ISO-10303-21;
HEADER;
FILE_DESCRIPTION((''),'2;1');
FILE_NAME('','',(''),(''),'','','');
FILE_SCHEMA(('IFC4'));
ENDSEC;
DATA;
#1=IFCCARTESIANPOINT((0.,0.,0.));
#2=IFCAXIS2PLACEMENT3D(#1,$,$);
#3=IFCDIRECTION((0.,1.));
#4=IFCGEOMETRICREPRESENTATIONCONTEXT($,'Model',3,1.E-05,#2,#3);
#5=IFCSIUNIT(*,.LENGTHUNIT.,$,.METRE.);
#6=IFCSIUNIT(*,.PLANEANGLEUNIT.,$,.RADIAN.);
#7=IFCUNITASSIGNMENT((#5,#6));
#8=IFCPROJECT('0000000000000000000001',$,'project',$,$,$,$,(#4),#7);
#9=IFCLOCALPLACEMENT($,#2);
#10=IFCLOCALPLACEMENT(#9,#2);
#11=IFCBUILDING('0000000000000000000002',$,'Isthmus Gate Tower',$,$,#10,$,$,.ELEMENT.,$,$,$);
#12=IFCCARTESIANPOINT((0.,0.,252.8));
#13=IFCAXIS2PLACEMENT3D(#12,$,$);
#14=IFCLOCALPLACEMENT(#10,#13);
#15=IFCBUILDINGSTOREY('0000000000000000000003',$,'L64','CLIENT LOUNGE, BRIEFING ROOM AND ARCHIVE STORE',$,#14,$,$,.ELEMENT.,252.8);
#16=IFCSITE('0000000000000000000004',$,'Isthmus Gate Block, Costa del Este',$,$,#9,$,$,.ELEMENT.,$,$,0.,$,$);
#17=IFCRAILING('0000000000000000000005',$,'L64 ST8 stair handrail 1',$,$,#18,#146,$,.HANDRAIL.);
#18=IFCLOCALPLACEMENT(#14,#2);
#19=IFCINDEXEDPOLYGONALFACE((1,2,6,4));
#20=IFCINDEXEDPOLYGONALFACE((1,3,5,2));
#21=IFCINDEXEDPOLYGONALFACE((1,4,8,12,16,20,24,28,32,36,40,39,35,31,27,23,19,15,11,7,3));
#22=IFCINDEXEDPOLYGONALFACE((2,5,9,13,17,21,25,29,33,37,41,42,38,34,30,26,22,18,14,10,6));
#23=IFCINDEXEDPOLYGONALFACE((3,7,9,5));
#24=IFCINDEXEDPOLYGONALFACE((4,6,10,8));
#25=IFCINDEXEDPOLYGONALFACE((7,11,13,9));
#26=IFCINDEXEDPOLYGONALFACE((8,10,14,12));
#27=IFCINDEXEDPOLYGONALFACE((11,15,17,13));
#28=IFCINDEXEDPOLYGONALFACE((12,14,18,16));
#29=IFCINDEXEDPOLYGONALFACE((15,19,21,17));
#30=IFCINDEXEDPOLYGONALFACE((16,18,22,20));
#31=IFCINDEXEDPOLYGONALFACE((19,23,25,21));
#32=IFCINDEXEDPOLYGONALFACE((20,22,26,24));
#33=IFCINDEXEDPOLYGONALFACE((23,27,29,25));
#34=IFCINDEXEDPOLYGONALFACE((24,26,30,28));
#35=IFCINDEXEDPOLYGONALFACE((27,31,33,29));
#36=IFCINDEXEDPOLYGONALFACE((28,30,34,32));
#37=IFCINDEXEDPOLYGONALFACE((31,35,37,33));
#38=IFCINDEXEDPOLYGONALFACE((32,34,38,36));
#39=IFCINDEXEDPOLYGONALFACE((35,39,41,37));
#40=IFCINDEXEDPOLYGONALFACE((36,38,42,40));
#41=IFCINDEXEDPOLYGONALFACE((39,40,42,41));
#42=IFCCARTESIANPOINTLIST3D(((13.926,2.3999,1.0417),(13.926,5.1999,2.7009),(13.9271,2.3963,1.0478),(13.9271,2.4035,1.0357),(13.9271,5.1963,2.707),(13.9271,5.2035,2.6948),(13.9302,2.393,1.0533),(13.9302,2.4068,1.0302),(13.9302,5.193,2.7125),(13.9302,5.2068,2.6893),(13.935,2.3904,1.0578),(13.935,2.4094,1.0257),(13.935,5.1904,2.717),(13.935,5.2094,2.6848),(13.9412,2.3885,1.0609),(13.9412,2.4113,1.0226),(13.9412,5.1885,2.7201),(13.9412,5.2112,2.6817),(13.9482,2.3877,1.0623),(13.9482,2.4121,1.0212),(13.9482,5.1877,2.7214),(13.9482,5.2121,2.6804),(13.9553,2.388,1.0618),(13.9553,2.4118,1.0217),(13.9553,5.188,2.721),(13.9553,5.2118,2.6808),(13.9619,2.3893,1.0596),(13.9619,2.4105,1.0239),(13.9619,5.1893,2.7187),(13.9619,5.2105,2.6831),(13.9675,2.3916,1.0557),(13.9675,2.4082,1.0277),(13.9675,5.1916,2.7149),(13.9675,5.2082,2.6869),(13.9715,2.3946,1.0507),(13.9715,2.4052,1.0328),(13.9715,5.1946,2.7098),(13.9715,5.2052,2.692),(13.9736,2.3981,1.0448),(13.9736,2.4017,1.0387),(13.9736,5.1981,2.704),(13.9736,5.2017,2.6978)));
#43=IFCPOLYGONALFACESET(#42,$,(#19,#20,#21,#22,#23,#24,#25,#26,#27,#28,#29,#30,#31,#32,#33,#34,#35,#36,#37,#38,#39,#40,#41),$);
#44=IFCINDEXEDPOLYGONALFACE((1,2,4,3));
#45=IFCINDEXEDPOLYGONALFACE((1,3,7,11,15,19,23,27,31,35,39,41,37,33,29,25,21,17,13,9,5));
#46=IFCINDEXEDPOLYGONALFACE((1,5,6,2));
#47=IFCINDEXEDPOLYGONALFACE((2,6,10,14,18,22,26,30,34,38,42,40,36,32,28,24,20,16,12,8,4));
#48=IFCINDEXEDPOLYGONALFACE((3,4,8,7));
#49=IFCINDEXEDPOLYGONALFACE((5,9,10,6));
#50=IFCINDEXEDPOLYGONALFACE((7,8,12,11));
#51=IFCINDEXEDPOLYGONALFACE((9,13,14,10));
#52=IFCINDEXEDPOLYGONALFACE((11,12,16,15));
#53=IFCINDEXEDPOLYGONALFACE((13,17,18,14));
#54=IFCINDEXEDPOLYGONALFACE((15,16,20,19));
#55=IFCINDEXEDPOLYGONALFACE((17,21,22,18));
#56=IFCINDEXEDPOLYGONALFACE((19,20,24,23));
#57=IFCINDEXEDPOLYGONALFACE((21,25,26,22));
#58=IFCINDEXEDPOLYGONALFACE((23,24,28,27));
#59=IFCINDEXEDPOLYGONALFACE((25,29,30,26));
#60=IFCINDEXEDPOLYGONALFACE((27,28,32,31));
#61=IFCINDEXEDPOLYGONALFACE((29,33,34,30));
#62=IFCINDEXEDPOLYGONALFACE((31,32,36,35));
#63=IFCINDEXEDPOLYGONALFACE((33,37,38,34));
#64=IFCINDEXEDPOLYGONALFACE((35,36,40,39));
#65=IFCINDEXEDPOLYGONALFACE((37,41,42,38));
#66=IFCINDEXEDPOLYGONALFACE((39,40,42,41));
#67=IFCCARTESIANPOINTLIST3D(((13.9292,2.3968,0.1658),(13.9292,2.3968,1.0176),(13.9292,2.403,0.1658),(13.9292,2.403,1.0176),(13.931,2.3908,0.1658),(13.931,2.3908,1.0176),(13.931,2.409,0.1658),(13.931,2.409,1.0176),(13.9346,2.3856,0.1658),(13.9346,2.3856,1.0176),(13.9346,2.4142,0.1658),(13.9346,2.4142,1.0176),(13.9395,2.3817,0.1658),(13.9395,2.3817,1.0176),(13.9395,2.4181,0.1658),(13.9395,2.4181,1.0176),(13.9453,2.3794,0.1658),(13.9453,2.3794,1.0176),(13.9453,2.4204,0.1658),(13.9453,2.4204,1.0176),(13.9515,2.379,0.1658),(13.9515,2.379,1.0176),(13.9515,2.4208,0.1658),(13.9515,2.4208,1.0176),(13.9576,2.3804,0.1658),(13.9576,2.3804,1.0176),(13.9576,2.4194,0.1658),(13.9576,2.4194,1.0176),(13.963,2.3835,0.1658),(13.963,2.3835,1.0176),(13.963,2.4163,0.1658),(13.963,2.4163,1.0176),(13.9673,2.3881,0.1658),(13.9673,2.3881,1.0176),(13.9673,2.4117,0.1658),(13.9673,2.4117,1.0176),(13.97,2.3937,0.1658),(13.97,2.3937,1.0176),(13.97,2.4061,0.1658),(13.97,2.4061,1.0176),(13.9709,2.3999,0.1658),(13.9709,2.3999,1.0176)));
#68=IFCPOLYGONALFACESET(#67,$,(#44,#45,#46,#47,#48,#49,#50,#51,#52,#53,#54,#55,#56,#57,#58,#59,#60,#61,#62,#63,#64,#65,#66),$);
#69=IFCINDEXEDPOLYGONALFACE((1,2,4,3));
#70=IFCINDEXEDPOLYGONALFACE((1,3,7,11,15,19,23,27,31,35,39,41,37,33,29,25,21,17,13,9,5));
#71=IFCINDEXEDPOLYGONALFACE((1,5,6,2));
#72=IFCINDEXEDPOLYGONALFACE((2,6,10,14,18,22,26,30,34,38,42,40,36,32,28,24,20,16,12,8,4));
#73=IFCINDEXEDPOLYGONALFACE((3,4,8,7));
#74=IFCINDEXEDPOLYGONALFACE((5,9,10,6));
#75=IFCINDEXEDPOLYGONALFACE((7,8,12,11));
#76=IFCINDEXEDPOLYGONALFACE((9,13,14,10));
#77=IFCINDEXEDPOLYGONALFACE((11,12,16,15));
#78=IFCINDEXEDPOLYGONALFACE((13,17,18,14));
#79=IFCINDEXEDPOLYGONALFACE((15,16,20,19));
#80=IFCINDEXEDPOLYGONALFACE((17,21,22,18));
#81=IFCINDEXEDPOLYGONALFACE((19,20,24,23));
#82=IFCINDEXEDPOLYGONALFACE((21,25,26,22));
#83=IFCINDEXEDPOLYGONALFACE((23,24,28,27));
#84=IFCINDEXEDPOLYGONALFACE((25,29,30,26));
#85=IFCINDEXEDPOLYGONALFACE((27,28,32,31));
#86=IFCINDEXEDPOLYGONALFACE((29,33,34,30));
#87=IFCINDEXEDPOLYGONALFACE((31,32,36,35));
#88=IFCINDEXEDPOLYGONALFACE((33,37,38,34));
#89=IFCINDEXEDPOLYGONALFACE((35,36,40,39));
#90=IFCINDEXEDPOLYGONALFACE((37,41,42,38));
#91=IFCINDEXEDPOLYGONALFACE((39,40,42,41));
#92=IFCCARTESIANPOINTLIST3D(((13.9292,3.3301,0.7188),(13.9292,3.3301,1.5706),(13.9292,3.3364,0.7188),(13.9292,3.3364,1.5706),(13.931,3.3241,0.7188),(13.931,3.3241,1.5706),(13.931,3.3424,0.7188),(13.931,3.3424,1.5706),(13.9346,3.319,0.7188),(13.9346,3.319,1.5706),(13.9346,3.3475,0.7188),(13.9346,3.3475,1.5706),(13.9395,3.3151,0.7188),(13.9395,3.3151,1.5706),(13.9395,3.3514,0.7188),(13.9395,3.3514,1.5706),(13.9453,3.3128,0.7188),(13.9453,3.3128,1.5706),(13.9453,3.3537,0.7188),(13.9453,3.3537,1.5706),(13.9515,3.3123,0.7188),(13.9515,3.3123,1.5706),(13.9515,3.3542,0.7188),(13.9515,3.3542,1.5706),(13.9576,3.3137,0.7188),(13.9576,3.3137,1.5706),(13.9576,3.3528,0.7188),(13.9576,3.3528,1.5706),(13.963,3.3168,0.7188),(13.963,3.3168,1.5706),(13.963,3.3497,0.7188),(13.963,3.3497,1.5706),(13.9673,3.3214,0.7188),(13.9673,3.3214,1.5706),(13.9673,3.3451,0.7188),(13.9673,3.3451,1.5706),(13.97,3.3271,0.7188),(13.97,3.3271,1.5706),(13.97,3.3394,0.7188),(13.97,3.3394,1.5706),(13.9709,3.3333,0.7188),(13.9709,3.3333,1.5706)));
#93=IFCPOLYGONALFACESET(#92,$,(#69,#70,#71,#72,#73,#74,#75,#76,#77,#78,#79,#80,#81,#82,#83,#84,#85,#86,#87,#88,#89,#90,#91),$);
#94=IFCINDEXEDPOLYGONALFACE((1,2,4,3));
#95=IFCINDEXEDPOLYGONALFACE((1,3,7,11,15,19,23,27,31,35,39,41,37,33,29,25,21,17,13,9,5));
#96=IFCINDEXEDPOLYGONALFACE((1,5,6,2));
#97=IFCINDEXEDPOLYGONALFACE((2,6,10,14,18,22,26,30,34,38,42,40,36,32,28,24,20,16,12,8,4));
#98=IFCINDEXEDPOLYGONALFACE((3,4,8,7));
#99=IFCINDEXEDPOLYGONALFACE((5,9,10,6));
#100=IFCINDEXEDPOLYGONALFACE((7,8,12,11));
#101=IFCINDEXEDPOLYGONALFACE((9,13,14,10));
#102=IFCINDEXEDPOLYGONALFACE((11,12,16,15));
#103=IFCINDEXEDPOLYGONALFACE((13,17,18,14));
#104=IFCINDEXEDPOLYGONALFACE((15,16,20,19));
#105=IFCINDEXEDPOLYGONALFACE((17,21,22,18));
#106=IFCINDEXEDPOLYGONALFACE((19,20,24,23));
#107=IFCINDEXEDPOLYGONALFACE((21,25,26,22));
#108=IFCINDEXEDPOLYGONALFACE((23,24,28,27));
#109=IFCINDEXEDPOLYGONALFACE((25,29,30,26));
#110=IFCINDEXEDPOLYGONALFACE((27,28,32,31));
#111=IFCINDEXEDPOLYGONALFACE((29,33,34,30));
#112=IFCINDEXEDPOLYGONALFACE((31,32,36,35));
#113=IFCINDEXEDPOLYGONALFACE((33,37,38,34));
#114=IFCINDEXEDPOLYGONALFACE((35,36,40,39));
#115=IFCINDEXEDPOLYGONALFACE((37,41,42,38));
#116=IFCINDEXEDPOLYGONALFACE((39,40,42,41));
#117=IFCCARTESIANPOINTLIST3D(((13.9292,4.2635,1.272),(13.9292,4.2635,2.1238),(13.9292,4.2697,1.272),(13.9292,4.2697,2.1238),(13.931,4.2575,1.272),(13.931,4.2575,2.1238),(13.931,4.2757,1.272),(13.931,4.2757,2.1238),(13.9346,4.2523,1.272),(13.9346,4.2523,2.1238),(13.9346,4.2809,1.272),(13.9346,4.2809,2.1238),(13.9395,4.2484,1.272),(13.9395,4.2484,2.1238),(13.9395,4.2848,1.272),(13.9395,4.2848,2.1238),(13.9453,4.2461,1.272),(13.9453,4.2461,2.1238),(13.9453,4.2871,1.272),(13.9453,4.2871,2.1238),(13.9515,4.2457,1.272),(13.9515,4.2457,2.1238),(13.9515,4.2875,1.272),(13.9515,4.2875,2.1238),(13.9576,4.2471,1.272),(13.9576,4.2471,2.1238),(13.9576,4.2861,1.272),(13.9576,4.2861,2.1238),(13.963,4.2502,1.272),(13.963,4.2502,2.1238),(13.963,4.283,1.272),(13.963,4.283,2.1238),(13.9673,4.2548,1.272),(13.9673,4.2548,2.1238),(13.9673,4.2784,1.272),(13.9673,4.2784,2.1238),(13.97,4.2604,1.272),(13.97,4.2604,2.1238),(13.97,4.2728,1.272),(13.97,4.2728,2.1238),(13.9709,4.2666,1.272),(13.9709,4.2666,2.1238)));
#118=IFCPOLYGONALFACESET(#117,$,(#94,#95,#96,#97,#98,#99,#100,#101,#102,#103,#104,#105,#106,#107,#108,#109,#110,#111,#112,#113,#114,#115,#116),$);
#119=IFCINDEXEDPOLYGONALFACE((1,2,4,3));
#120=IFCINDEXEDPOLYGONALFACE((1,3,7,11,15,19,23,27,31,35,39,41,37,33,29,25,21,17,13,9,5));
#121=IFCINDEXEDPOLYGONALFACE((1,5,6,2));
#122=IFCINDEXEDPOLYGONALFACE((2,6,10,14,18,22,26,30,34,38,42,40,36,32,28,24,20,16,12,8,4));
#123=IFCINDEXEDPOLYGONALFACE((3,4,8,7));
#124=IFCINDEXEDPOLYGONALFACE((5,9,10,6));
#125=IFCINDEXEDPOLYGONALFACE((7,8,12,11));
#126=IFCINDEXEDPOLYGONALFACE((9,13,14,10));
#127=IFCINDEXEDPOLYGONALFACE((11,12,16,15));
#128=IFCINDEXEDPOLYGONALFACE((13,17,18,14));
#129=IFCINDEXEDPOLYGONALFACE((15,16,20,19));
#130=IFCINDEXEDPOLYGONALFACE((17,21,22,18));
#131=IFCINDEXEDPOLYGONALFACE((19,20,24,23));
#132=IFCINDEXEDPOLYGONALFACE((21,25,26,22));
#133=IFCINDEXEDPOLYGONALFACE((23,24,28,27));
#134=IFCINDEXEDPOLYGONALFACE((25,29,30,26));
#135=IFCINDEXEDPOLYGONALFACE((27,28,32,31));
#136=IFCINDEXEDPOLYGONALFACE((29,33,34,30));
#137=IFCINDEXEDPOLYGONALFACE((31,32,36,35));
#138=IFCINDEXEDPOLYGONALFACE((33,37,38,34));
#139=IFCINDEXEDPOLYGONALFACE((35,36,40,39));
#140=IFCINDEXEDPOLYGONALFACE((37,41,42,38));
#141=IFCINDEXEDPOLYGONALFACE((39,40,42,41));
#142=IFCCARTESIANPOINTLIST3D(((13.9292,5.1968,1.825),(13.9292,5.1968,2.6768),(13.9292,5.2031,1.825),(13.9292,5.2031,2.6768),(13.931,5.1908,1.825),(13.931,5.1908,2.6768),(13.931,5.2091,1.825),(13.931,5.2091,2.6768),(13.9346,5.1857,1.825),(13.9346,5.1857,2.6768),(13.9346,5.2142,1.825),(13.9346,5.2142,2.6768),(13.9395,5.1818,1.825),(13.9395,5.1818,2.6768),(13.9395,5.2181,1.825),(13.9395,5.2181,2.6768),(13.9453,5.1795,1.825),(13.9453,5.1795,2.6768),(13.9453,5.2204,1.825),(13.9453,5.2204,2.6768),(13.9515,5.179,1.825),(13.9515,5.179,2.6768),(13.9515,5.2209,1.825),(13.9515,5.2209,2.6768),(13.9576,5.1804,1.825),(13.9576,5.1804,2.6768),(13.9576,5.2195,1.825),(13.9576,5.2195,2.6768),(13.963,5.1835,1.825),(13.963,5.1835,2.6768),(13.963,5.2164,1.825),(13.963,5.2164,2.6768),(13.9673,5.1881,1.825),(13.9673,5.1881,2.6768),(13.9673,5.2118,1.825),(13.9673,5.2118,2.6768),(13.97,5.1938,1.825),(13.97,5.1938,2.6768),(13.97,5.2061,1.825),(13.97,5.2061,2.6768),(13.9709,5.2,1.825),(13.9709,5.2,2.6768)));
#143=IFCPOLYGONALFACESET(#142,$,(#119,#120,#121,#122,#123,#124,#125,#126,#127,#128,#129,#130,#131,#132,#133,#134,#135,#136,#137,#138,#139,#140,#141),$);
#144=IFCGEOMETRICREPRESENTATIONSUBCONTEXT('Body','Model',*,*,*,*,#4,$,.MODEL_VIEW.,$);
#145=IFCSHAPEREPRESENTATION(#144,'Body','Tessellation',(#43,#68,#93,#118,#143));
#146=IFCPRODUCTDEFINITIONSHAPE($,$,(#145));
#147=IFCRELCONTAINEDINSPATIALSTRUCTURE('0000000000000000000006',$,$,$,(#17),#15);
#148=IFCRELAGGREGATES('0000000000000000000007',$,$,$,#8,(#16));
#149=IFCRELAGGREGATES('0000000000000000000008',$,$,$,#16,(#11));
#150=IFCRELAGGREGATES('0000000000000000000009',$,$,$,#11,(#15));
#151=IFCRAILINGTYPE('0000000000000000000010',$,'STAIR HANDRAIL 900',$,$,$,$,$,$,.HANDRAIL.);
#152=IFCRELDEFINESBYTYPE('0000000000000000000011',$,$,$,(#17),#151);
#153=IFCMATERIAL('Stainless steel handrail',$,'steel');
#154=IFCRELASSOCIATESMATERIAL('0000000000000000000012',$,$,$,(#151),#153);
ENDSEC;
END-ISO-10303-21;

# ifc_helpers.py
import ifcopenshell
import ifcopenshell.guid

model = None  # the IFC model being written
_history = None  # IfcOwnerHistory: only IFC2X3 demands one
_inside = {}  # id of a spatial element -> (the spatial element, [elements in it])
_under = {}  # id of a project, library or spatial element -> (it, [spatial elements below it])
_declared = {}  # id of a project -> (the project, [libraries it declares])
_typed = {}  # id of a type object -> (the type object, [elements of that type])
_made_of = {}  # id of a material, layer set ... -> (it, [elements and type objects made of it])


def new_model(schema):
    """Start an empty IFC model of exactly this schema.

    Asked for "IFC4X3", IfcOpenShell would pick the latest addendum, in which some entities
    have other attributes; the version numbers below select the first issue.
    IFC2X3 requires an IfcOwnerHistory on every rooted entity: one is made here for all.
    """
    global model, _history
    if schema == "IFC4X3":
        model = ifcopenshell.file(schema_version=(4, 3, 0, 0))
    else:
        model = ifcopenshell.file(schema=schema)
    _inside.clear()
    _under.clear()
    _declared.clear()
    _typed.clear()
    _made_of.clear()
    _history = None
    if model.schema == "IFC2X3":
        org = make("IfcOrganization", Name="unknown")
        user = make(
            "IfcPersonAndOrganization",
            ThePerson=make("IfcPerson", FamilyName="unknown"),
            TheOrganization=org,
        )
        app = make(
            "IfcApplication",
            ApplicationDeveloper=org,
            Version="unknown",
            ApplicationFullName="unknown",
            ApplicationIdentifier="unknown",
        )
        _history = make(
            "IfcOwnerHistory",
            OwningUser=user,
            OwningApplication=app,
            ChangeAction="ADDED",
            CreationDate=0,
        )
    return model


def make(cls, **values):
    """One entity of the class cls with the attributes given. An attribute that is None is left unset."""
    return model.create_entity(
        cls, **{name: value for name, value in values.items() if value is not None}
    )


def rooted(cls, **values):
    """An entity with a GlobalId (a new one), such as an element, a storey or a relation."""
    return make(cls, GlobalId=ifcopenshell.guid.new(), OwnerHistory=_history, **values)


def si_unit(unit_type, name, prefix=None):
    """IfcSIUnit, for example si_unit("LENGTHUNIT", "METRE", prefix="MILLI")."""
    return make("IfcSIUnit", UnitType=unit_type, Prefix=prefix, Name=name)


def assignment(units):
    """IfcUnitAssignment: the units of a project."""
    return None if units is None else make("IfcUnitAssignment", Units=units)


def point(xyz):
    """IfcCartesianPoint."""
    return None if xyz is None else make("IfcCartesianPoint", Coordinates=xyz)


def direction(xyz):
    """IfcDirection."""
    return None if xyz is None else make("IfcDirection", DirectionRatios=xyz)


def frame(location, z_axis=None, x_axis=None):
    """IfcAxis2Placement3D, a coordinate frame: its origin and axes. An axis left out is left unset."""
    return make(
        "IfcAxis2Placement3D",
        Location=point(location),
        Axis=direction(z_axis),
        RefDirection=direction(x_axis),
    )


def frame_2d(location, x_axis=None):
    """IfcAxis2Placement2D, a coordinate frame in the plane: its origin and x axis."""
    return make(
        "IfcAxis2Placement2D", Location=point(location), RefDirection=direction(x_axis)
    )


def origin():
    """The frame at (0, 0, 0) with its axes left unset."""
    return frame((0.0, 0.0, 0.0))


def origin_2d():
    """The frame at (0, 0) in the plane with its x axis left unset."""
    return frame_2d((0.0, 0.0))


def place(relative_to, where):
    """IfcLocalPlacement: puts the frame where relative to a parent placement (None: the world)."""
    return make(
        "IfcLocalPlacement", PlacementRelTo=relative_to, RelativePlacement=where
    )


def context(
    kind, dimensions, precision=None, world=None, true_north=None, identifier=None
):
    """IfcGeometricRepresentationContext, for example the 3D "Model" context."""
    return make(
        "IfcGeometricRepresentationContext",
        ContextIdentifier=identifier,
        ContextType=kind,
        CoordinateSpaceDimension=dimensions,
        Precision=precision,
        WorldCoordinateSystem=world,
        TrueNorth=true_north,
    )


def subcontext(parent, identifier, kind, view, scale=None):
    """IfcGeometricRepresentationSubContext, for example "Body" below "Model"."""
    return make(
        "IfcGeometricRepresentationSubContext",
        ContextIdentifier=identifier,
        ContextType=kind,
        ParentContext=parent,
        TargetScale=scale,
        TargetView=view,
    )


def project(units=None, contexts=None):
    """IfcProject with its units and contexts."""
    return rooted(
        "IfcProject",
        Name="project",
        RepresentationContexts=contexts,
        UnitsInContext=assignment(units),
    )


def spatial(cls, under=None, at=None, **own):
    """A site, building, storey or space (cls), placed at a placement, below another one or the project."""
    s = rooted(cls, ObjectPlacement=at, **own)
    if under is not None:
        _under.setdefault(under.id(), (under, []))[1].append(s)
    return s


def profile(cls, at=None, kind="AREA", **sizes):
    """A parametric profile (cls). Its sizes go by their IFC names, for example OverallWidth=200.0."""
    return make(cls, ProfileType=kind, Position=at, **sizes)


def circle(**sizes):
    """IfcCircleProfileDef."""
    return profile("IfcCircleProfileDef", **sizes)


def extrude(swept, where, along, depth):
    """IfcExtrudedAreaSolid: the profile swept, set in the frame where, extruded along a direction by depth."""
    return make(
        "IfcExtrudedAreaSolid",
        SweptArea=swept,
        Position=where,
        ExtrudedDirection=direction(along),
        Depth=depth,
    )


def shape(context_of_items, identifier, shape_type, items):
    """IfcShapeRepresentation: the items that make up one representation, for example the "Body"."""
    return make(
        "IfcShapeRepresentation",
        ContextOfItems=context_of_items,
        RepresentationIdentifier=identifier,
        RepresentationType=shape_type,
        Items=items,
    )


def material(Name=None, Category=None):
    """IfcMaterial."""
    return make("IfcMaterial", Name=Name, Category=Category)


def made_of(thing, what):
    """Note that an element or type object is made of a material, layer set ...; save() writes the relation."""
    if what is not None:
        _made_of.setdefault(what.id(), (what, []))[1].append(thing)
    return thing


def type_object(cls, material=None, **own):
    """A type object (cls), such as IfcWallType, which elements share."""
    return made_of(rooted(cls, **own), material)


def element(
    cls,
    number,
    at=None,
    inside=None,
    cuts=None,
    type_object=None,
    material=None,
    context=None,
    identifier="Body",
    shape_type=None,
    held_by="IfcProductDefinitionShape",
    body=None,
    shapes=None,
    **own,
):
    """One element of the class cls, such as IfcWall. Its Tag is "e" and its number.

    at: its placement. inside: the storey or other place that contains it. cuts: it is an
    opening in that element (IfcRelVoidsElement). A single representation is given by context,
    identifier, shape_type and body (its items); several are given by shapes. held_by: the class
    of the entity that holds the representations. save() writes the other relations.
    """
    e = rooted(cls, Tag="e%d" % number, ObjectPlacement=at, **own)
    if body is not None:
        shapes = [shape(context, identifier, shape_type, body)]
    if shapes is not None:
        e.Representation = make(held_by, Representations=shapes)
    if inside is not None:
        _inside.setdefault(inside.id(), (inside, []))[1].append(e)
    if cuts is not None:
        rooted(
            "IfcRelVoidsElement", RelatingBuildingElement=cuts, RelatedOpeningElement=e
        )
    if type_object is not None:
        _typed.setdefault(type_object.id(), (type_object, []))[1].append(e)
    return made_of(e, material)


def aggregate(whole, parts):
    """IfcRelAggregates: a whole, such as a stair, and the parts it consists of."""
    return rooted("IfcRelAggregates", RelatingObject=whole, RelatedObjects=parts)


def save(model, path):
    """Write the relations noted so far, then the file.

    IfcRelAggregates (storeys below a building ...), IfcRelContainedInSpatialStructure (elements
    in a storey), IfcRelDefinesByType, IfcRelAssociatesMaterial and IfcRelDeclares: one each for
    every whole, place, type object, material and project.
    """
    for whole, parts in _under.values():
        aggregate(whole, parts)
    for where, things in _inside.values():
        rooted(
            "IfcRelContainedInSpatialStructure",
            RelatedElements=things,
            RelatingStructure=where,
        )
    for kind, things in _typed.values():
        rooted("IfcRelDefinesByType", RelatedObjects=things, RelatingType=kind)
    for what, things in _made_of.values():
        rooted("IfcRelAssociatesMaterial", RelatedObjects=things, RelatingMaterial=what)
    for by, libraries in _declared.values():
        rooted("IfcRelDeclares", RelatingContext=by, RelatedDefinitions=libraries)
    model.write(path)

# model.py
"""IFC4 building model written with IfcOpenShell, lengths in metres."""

from ifc_helpers import new_model, si_unit, direction, frame, origin, origin_2d, place, context, subcontext, project, spatial, circle, extrude, material, type_object, element, save


model = new_model("IFC4")

# Units and contexts
model_context = context("Model", 3, precision=1e-05, world=origin(), true_north=direction((0.0, 1.0)))
body_context = subcontext(model_context, "Body", "Model", "MODEL_VIEW")
ifc_project = project(units=[si_unit("LENGTHUNIT", "METRE"), si_unit("PLANEANGLEUNIT", "RADIAN")], contexts=[model_context])

# Site, building, storey
site_placement = place(None, origin())
site = spatial("IfcSite", under=ifc_project, at=site_placement, Name="Isthmus Gate Block, Costa del Este", CompositionType="ELEMENT", RefElevation=0.0)
building_placement = place(site_placement, origin())
building = spatial("IfcBuilding", under=site, at=building_placement, Name="Isthmus Gate Tower", CompositionType="ELEMENT")
storey_placement = place(building_placement, frame((0.0, 0.0, 252.8)))
storey = spatial("IfcBuildingStorey", under=building, at=storey_placement, Name="L64", Description="CLIENT LOUNGE, BRIEFING ROOM AND ARCHIVE STORE", CompositionType="ELEMENT", Elevation=252.8)

# Railing
ifc_material_1 = material(Name="Stainless steel handrail", Category="steel")
railing_type_1 = type_object("IfcRailingType", Name="STAIR HANDRAIL 900", PredefinedType="HANDRAIL", material=ifc_material_1)
railing_1_placement = place(storey_placement, frame((13.95, 2.3999, 0.1658)))
element("IfcRailing", 1, at=railing_1_placement, inside=storey, type_object=railing_type_1, Name="L64 ST8 stair handrail 1", PredefinedType="HANDRAIL", context=body_context, shape_type="SweptSolid", body=[
    extrude(circle(Radius=0.0239, at=origin_2d()), frame((0.0, 0.0, 0.876), z_axis=(0.0, 0.860306, 0.509778), x_axis=(-1.0, 0.0, 0.0)), (0.0, 0.0, 1.0), 3.2546),
    extrude(circle(Radius=0.021, at=origin_2d()), origin(), (0.0, 0.0, 1.0), 0.8518),
    extrude(circle(Radius=0.021, at=origin_2d()), frame((0.0, 0.9333, 0.553)), (0.0, 0.0, 1.0), 0.8518),
    extrude(circle(Radius=0.021, at=origin_2d()), frame((0.0, 1.8667, 1.1062)), (0.0, 0.0, 1.0), 0.8518),
    extrude(circle(Radius=0.021, at=origin_2d()), frame((0.0, 2.8, 1.6592)), (0.0, 0.0, 1.0), 0.8518),
])

save(model, "model.ifc")
